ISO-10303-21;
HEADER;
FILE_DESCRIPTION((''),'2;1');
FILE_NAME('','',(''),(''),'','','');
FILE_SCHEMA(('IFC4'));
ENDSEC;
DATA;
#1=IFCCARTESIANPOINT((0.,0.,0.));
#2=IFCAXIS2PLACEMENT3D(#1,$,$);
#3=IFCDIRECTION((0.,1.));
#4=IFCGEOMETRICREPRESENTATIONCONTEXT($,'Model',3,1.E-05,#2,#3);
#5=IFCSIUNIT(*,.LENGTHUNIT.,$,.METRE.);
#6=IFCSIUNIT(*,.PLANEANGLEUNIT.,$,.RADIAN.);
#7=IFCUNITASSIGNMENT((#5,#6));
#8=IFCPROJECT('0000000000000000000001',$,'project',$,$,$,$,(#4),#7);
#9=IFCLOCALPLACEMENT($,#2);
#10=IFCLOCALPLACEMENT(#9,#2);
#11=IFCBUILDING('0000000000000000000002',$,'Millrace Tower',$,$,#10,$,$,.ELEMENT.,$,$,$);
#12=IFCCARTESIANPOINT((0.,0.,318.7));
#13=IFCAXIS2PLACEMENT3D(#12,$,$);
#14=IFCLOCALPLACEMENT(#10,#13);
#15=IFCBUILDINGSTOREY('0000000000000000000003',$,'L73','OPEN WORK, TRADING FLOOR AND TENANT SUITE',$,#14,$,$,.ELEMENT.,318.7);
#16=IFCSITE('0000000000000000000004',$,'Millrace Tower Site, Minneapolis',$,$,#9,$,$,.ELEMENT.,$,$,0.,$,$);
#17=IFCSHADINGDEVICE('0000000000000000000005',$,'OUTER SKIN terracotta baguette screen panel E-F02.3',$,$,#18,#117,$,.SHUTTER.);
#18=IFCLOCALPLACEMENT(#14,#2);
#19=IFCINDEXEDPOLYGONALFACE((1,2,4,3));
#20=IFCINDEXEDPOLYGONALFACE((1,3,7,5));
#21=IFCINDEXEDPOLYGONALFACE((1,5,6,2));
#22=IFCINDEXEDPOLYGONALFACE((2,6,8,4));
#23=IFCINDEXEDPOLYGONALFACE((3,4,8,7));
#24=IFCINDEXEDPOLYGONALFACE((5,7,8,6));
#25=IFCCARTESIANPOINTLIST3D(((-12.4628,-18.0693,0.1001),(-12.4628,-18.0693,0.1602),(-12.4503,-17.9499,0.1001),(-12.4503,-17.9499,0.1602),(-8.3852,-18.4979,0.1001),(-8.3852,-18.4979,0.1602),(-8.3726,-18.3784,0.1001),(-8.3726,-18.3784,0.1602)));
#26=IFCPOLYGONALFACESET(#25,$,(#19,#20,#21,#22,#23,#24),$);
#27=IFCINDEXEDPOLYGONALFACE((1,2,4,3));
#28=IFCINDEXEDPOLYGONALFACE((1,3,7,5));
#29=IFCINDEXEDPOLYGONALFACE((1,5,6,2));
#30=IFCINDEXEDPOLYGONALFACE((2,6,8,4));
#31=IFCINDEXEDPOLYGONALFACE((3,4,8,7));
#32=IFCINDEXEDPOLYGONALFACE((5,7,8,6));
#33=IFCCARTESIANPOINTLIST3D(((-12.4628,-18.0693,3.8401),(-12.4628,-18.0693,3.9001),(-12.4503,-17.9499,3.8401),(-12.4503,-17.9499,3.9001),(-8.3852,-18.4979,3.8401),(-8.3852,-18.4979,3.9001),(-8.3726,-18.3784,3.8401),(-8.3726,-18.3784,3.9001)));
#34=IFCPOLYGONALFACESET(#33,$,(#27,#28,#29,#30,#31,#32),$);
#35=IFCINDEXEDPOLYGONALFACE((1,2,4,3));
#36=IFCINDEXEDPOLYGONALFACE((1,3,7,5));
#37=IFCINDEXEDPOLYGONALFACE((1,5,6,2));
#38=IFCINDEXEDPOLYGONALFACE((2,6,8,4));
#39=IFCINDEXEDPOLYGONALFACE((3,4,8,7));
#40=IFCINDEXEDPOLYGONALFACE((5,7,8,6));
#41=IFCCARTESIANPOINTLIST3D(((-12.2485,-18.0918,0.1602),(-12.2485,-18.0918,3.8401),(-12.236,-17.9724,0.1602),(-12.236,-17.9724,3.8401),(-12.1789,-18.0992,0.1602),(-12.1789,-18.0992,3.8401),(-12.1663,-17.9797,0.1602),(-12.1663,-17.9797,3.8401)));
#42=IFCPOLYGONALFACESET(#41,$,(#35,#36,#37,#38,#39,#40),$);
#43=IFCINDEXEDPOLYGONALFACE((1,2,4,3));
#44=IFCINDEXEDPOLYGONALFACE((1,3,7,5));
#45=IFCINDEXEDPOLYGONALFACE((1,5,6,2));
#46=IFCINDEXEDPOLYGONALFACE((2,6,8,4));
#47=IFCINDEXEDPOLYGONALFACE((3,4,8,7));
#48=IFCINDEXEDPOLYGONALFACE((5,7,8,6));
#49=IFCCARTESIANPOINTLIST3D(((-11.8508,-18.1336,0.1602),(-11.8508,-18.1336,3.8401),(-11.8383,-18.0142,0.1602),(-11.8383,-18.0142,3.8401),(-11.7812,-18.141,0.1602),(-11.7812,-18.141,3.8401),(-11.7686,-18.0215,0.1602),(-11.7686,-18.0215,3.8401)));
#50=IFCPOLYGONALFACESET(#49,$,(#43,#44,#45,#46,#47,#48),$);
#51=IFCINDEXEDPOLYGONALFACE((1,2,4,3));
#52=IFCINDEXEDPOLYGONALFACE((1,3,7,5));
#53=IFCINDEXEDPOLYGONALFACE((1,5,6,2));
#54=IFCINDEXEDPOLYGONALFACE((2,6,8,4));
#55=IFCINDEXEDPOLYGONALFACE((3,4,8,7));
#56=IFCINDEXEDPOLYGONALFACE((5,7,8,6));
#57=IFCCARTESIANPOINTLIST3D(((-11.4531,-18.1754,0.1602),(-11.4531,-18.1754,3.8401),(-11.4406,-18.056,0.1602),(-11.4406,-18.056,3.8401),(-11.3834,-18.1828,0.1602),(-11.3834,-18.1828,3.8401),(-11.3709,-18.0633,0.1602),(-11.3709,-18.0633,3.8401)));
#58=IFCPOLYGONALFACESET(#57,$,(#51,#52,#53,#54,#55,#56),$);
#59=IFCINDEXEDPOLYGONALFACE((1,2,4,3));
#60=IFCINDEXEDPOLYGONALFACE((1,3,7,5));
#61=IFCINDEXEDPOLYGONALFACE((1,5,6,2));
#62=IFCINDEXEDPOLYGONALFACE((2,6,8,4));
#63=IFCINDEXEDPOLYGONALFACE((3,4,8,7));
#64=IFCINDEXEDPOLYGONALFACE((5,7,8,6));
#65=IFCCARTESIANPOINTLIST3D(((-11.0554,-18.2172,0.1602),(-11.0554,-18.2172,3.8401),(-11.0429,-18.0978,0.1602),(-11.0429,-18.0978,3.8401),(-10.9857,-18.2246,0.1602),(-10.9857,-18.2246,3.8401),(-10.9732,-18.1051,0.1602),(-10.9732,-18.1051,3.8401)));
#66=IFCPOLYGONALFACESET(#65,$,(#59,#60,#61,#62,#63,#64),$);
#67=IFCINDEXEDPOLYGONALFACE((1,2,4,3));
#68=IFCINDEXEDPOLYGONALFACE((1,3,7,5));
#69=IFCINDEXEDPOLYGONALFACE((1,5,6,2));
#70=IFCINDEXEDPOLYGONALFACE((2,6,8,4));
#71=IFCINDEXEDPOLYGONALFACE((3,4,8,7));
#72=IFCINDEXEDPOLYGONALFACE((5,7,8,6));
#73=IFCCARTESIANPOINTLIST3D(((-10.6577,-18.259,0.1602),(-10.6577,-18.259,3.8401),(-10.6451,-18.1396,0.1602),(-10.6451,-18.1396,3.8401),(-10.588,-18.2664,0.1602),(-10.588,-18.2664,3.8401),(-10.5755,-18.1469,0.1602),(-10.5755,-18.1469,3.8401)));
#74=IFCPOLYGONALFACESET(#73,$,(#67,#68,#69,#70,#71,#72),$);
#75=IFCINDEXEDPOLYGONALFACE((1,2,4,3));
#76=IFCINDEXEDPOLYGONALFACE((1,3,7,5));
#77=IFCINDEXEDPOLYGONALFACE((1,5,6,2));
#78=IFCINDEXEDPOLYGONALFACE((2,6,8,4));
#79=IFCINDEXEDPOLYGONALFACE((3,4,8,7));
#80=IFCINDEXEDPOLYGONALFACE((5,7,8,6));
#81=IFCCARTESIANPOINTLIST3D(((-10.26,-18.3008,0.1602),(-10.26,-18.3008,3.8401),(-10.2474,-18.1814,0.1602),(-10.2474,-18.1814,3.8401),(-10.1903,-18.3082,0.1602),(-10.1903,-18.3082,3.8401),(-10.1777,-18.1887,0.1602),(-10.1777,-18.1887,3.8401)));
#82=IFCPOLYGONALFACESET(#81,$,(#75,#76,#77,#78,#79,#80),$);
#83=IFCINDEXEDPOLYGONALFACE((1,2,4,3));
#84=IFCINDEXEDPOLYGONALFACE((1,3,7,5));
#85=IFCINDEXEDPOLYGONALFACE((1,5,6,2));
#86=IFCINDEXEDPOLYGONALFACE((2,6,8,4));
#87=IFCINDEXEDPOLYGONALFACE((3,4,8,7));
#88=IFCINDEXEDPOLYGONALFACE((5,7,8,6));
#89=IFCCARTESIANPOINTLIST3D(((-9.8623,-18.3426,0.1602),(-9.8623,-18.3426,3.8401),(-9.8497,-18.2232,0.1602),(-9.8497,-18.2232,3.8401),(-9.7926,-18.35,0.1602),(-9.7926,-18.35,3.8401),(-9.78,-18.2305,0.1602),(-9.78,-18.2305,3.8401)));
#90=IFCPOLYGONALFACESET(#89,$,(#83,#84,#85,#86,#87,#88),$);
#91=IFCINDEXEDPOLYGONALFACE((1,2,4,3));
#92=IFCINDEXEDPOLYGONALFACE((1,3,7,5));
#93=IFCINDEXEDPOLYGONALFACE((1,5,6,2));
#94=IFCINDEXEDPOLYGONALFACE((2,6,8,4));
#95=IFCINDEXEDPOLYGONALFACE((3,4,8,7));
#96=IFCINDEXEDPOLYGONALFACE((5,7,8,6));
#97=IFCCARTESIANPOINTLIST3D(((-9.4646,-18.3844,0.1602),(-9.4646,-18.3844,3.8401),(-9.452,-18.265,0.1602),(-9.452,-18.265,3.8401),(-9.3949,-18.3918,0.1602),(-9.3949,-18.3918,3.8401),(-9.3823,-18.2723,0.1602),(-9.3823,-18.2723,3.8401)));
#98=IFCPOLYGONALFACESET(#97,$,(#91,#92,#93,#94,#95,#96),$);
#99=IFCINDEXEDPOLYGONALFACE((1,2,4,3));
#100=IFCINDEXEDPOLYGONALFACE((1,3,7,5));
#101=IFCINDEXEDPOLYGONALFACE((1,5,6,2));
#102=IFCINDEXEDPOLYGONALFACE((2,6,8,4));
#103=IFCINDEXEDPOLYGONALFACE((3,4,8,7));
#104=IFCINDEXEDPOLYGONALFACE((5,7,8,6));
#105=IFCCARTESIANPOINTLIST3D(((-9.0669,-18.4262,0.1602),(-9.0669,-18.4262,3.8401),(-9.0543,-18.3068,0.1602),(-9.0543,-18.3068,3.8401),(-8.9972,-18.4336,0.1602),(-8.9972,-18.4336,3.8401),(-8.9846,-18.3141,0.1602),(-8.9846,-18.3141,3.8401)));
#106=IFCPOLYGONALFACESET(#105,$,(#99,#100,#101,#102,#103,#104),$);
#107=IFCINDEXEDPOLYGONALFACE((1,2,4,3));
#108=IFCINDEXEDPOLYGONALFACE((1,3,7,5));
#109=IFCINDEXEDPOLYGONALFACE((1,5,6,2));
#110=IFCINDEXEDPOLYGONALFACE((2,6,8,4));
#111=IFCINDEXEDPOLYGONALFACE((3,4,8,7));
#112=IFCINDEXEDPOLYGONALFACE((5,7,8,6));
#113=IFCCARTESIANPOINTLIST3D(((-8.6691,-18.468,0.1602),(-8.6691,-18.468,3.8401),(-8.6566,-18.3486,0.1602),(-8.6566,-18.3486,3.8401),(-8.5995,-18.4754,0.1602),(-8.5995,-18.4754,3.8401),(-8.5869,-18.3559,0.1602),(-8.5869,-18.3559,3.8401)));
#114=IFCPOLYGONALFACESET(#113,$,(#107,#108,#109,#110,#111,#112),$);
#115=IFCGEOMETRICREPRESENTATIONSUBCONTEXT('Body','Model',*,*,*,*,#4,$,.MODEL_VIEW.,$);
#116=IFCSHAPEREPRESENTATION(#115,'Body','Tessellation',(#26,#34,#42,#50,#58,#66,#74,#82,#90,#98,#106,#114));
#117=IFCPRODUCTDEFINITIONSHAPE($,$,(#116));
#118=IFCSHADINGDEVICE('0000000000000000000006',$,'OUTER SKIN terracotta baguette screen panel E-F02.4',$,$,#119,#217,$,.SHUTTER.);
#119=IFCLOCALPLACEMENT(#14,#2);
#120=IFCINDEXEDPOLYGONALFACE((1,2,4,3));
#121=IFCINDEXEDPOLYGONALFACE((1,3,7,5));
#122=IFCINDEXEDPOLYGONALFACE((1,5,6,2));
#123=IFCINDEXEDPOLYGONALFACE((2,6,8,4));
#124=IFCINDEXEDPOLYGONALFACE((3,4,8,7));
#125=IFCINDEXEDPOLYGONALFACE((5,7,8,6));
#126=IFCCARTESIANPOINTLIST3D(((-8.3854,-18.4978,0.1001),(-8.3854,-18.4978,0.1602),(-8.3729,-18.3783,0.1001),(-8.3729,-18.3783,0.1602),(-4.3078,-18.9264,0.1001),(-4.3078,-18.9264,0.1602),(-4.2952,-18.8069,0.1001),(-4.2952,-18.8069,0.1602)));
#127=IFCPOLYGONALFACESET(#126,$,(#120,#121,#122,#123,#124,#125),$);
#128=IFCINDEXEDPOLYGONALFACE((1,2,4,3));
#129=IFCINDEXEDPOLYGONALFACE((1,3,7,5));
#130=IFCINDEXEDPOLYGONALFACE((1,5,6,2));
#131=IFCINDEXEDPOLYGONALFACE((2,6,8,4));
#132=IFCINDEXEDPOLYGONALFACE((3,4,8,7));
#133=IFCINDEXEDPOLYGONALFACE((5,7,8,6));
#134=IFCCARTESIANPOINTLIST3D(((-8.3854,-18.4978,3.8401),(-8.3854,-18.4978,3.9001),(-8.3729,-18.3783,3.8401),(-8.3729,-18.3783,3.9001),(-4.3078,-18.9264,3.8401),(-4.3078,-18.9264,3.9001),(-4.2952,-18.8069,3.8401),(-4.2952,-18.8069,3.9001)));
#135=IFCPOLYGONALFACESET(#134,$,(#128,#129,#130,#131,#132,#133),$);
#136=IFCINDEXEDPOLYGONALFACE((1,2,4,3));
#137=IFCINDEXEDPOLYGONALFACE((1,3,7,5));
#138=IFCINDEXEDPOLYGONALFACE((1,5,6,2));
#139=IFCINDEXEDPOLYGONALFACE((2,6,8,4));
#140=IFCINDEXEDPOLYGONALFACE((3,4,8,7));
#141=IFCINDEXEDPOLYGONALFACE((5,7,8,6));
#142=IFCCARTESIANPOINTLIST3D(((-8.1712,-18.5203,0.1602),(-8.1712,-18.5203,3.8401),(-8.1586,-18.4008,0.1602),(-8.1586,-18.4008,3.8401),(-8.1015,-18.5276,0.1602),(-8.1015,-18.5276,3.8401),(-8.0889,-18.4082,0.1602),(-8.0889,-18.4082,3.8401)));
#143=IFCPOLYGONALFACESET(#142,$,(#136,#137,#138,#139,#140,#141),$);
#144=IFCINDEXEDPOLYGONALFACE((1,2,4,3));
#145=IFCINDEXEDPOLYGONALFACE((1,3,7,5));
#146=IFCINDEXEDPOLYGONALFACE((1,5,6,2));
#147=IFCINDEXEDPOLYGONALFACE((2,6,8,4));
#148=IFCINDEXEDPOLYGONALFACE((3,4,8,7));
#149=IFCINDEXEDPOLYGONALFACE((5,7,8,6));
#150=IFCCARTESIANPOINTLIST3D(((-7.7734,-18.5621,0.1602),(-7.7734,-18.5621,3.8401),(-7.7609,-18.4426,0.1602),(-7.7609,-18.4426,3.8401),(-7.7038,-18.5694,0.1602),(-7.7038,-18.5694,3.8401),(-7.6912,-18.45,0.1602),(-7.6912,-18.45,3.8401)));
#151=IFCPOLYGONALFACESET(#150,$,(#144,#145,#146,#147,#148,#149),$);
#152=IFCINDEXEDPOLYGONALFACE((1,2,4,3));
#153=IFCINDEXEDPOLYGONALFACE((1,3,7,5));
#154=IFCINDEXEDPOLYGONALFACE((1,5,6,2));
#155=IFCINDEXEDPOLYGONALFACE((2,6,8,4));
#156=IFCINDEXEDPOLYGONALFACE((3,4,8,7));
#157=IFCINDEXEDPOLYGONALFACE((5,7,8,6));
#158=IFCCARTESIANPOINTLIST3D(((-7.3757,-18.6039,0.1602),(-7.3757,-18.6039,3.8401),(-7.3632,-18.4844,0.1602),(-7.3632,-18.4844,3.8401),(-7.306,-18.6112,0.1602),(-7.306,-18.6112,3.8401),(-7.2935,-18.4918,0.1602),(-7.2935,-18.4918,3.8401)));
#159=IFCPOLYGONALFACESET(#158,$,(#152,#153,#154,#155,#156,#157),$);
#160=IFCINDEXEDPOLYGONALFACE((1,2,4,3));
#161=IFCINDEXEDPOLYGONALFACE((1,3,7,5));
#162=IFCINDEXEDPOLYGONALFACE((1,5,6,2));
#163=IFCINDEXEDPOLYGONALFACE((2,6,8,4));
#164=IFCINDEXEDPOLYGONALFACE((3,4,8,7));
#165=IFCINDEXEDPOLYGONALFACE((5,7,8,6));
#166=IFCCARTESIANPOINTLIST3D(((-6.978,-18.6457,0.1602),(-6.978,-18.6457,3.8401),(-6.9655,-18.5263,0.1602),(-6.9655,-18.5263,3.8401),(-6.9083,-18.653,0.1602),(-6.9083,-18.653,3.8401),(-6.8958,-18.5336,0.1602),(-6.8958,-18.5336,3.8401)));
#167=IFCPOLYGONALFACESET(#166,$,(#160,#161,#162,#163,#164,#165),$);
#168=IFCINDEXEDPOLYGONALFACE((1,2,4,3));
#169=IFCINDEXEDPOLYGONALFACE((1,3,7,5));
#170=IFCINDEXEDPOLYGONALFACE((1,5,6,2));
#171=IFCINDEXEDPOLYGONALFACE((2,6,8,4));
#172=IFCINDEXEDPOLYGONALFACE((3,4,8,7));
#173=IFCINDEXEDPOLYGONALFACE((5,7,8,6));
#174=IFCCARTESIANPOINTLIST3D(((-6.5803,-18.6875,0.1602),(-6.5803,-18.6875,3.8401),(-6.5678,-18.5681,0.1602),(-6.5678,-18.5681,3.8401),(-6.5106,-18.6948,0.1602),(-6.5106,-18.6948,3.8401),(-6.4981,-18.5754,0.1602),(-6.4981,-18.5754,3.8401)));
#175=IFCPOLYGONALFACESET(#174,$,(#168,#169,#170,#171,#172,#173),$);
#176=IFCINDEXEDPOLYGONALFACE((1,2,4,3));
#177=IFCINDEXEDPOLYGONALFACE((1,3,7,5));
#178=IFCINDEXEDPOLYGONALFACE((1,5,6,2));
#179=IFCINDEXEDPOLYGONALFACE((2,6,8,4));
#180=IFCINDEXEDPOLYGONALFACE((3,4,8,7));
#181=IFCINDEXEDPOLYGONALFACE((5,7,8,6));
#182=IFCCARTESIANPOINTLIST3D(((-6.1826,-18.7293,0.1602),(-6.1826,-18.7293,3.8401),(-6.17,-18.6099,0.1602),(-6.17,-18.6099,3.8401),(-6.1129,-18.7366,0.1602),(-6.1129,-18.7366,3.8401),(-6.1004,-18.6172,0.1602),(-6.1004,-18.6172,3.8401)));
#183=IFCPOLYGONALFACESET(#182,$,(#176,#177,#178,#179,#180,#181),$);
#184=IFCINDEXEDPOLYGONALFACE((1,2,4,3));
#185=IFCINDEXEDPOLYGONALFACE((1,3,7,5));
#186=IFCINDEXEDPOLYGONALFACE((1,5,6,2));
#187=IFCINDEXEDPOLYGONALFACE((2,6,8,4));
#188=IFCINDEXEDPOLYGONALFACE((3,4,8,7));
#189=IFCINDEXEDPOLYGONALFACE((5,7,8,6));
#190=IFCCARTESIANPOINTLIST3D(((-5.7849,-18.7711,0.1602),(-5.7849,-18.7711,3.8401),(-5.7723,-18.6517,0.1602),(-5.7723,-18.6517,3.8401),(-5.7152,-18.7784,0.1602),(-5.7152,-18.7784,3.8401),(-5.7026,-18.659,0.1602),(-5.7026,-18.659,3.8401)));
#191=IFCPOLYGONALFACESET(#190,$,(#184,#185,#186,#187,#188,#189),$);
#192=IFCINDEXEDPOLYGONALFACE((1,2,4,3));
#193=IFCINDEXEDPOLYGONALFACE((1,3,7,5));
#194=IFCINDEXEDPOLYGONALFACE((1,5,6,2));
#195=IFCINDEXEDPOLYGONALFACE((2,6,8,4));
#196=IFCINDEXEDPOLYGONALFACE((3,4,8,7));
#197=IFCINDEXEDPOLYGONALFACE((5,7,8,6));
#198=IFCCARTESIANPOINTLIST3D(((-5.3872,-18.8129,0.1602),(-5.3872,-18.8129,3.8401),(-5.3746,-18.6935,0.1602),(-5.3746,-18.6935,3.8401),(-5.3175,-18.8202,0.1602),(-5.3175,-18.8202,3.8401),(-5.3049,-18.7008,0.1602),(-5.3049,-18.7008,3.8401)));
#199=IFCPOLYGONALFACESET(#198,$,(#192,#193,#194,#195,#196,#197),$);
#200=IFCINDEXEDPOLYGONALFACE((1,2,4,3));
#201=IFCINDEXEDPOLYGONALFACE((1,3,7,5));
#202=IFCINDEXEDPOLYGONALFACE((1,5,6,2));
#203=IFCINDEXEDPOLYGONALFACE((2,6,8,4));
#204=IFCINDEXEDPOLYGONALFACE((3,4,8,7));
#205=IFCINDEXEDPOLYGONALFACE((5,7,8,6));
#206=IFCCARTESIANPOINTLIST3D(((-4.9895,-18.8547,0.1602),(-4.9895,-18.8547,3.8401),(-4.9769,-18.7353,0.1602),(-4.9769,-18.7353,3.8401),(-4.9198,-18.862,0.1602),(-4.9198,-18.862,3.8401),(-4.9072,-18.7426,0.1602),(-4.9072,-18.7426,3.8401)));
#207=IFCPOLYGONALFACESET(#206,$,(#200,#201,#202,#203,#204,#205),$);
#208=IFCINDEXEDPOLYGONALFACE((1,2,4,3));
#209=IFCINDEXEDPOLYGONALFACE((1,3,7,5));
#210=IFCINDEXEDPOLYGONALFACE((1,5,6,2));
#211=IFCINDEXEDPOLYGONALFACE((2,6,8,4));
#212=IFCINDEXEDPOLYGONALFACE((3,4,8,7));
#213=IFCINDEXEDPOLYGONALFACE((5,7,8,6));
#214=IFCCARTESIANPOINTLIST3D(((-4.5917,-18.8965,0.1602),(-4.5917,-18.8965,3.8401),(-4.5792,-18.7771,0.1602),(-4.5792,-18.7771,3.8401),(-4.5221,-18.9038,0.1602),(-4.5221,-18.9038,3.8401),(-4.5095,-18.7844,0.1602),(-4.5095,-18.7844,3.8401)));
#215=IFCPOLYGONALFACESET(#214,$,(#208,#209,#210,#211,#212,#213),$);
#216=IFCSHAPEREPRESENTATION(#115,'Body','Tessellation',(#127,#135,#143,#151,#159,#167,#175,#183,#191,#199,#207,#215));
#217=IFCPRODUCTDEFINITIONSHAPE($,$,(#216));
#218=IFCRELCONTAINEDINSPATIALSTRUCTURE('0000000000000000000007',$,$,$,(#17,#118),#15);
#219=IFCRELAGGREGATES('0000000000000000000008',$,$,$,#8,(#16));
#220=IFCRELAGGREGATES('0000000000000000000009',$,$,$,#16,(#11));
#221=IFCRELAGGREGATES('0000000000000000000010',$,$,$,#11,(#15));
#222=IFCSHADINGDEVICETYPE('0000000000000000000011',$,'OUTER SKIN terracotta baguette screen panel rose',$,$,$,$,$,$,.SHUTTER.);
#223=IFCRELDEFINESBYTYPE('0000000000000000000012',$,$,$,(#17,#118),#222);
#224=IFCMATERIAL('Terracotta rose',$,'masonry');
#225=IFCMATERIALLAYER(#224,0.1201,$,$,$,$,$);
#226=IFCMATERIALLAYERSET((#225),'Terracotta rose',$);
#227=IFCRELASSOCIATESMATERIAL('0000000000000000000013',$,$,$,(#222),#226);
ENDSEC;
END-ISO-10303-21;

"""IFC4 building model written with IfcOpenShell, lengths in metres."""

from ifc_helpers import new_model, entity, si_unit, direction, frame, frame_2d, origin, place, context, subcontext, project, spatial, rectangle, extrude, source, transform, mapped, material, layer, layer_set, type_object, element, save


model = new_model("IFC4")

# Units and contexts
model_context = context("Model", 3, precision=1e-05, world=origin(), true_north=direction((0.0, 1.0)))
body_context = subcontext(model_context, "Body", "Model", "MODEL_VIEW")
ifc_project = project(units=[si_unit("LENGTHUNIT", "METRE"), si_unit("PLANEANGLEUNIT", "RADIAN")], contexts=[model_context])

# Site, building, storey
site_placement = place(None, origin())
site = spatial("IfcSite", under=ifc_project, at=site_placement, Name="Millrace Tower Site, Minneapolis", CompositionType="ELEMENT", RefElevation=0.0)
building_placement = place(site_placement, origin())
building = spatial("IfcBuilding", under=site, at=building_placement, Name="Millrace Tower", CompositionType="ELEMENT")
storey_placement = place(building_placement, frame((0.0, 0.0, 318.7)))
storey = spatial("IfcBuildingStorey", under=building, at=storey_placement, Name="L73", Description="OPEN WORK, TRADING FLOOR AND TENANT SUITE", CompositionType="ELEMENT", Elevation=318.7)

# Shading devices
ifc_material_1 = material(Name="Terracotta rose", Category="masonry")
ifc_layer_1 = layer(ifc_material_1, 0.1201)
ifc_layer_set_1 = layer_set([ifc_layer_1], Name="Terracotta rose")
shading_device_type = type_object("IfcShadingDeviceType", Name="OUTER SKIN terracotta baguette screen panel rose", PredefinedType="SHUTTER", material=ifc_layer_set_1)
cartesian_point = entity("IfcCartesianPoint", [-2.05, 0.0601])
shared_polyline = entity("IfcPolyline", [cartesian_point, entity("IfcCartesianPoint", [2.05, 0.0601]), entity("IfcCartesianPoint", [2.05, -0.0601]), entity("IfcCartesianPoint", [-2.05, -0.0601]), cartesian_point])
shared_shape = source(origin(), body_context, "Body", "SweptSolid", [
    entity("IfcExtrudedAreaSolid", entity("IfcArbitraryClosedProfileDef", "AREA", None, shared_polyline), entity("IfcAxis2Placement3D", entity("IfcCartesianPoint", [0.0, 0.0, 0.0])), entity("IfcDirection", [0.0, 0.0, 1.0]), 0.0601),
    entity("IfcExtrudedAreaSolid", entity("IfcArbitraryClosedProfileDef", "AREA", None, shared_polyline), entity("IfcAxis2Placement3D", entity("IfcCartesianPoint", [0.0, 0.0, 3.74])), entity("IfcDirection", [0.0, 0.0, 1.0]), 0.0601),
    extrude(rectangle(XDim=0.0701, YDim=0.1201, at=frame_2d((-1.7996, 0.0))), frame((0.0, 0.0, 0.0601)), (0.0, 0.0, 1.0), 3.6799),
    extrude(rectangle(XDim=0.0701, YDim=0.1201, at=frame_2d((-1.3997, 0.0))), frame((0.0, 0.0, 0.0601)), (0.0, 0.0, 1.0), 3.6799),
    extrude(rectangle(XDim=0.0701, YDim=0.1201, at=frame_2d((-0.9998, 0.0))), frame((0.0, 0.0, 0.0601)), (0.0, 0.0, 1.0), 3.6799),
    extrude(rectangle(XDim=0.0701, YDim=0.1201, at=frame_2d((-0.5999, 0.0))), frame((0.0, 0.0, 0.0601)), (0.0, 0.0, 1.0), 3.6799),
    extrude(rectangle(XDim=0.0701, YDim=0.1201, at=frame_2d((-0.2, 0.0))), frame((0.0, 0.0, 0.0601)), (0.0, 0.0, 1.0), 3.6799),
    extrude(rectangle(XDim=0.0701, YDim=0.1201, at=frame_2d((0.2, 0.0))), frame((0.0, 0.0, 0.0601)), (0.0, 0.0, 1.0), 3.6799),
    extrude(rectangle(XDim=0.0701, YDim=0.1201, at=frame_2d((0.5999, 0.0))), frame((0.0, 0.0, 0.0601)), (0.0, 0.0, 1.0), 3.6799),
    extrude(rectangle(XDim=0.0701, YDim=0.1201, at=frame_2d((0.9998, 0.0))), frame((0.0, 0.0, 0.0601)), (0.0, 0.0, 1.0), 3.6799),
    extrude(rectangle(XDim=0.0701, YDim=0.1201, at=frame_2d((1.3997, 0.0))), frame((0.0, 0.0, 0.0601)), (0.0, 0.0, 1.0), 3.6799),
    extrude(rectangle(XDim=0.0701, YDim=0.1201, at=frame_2d((1.7996, 0.0))), frame((0.0, 0.0, 0.0601)), (0.0, 0.0, 1.0), 3.6799),
])
for number, where, z_axis, x_axis, name in (
    (1, (-10.4177, -18.2239, 0.1001), (0.0, 0.0, 1.0), (0.994522, -0.104528, 0.0), "OUTER SKIN terracotta baguette screen panel E-F02.3"),
    (2, (-6.3403, -18.6523, 0.1001), (0.0, 0.0, 1.0), (0.994522, -0.104528, 0.0), "OUTER SKIN terracotta baguette screen panel E-F02.4"),
):
    element("IfcShadingDevice", number, at=place(storey_placement, frame(where, z_axis=z_axis, x_axis=x_axis)), inside=storey, type_object=shading_device_type, Name=name, PredefinedType="SHUTTER", context=body_context, shape_type="MappedRepresentation", body=[
        mapped(shared_shape, transform((0.0, 0.0, 0.0), scale=1.0)),
    ])

save(model, "model.ifc")
